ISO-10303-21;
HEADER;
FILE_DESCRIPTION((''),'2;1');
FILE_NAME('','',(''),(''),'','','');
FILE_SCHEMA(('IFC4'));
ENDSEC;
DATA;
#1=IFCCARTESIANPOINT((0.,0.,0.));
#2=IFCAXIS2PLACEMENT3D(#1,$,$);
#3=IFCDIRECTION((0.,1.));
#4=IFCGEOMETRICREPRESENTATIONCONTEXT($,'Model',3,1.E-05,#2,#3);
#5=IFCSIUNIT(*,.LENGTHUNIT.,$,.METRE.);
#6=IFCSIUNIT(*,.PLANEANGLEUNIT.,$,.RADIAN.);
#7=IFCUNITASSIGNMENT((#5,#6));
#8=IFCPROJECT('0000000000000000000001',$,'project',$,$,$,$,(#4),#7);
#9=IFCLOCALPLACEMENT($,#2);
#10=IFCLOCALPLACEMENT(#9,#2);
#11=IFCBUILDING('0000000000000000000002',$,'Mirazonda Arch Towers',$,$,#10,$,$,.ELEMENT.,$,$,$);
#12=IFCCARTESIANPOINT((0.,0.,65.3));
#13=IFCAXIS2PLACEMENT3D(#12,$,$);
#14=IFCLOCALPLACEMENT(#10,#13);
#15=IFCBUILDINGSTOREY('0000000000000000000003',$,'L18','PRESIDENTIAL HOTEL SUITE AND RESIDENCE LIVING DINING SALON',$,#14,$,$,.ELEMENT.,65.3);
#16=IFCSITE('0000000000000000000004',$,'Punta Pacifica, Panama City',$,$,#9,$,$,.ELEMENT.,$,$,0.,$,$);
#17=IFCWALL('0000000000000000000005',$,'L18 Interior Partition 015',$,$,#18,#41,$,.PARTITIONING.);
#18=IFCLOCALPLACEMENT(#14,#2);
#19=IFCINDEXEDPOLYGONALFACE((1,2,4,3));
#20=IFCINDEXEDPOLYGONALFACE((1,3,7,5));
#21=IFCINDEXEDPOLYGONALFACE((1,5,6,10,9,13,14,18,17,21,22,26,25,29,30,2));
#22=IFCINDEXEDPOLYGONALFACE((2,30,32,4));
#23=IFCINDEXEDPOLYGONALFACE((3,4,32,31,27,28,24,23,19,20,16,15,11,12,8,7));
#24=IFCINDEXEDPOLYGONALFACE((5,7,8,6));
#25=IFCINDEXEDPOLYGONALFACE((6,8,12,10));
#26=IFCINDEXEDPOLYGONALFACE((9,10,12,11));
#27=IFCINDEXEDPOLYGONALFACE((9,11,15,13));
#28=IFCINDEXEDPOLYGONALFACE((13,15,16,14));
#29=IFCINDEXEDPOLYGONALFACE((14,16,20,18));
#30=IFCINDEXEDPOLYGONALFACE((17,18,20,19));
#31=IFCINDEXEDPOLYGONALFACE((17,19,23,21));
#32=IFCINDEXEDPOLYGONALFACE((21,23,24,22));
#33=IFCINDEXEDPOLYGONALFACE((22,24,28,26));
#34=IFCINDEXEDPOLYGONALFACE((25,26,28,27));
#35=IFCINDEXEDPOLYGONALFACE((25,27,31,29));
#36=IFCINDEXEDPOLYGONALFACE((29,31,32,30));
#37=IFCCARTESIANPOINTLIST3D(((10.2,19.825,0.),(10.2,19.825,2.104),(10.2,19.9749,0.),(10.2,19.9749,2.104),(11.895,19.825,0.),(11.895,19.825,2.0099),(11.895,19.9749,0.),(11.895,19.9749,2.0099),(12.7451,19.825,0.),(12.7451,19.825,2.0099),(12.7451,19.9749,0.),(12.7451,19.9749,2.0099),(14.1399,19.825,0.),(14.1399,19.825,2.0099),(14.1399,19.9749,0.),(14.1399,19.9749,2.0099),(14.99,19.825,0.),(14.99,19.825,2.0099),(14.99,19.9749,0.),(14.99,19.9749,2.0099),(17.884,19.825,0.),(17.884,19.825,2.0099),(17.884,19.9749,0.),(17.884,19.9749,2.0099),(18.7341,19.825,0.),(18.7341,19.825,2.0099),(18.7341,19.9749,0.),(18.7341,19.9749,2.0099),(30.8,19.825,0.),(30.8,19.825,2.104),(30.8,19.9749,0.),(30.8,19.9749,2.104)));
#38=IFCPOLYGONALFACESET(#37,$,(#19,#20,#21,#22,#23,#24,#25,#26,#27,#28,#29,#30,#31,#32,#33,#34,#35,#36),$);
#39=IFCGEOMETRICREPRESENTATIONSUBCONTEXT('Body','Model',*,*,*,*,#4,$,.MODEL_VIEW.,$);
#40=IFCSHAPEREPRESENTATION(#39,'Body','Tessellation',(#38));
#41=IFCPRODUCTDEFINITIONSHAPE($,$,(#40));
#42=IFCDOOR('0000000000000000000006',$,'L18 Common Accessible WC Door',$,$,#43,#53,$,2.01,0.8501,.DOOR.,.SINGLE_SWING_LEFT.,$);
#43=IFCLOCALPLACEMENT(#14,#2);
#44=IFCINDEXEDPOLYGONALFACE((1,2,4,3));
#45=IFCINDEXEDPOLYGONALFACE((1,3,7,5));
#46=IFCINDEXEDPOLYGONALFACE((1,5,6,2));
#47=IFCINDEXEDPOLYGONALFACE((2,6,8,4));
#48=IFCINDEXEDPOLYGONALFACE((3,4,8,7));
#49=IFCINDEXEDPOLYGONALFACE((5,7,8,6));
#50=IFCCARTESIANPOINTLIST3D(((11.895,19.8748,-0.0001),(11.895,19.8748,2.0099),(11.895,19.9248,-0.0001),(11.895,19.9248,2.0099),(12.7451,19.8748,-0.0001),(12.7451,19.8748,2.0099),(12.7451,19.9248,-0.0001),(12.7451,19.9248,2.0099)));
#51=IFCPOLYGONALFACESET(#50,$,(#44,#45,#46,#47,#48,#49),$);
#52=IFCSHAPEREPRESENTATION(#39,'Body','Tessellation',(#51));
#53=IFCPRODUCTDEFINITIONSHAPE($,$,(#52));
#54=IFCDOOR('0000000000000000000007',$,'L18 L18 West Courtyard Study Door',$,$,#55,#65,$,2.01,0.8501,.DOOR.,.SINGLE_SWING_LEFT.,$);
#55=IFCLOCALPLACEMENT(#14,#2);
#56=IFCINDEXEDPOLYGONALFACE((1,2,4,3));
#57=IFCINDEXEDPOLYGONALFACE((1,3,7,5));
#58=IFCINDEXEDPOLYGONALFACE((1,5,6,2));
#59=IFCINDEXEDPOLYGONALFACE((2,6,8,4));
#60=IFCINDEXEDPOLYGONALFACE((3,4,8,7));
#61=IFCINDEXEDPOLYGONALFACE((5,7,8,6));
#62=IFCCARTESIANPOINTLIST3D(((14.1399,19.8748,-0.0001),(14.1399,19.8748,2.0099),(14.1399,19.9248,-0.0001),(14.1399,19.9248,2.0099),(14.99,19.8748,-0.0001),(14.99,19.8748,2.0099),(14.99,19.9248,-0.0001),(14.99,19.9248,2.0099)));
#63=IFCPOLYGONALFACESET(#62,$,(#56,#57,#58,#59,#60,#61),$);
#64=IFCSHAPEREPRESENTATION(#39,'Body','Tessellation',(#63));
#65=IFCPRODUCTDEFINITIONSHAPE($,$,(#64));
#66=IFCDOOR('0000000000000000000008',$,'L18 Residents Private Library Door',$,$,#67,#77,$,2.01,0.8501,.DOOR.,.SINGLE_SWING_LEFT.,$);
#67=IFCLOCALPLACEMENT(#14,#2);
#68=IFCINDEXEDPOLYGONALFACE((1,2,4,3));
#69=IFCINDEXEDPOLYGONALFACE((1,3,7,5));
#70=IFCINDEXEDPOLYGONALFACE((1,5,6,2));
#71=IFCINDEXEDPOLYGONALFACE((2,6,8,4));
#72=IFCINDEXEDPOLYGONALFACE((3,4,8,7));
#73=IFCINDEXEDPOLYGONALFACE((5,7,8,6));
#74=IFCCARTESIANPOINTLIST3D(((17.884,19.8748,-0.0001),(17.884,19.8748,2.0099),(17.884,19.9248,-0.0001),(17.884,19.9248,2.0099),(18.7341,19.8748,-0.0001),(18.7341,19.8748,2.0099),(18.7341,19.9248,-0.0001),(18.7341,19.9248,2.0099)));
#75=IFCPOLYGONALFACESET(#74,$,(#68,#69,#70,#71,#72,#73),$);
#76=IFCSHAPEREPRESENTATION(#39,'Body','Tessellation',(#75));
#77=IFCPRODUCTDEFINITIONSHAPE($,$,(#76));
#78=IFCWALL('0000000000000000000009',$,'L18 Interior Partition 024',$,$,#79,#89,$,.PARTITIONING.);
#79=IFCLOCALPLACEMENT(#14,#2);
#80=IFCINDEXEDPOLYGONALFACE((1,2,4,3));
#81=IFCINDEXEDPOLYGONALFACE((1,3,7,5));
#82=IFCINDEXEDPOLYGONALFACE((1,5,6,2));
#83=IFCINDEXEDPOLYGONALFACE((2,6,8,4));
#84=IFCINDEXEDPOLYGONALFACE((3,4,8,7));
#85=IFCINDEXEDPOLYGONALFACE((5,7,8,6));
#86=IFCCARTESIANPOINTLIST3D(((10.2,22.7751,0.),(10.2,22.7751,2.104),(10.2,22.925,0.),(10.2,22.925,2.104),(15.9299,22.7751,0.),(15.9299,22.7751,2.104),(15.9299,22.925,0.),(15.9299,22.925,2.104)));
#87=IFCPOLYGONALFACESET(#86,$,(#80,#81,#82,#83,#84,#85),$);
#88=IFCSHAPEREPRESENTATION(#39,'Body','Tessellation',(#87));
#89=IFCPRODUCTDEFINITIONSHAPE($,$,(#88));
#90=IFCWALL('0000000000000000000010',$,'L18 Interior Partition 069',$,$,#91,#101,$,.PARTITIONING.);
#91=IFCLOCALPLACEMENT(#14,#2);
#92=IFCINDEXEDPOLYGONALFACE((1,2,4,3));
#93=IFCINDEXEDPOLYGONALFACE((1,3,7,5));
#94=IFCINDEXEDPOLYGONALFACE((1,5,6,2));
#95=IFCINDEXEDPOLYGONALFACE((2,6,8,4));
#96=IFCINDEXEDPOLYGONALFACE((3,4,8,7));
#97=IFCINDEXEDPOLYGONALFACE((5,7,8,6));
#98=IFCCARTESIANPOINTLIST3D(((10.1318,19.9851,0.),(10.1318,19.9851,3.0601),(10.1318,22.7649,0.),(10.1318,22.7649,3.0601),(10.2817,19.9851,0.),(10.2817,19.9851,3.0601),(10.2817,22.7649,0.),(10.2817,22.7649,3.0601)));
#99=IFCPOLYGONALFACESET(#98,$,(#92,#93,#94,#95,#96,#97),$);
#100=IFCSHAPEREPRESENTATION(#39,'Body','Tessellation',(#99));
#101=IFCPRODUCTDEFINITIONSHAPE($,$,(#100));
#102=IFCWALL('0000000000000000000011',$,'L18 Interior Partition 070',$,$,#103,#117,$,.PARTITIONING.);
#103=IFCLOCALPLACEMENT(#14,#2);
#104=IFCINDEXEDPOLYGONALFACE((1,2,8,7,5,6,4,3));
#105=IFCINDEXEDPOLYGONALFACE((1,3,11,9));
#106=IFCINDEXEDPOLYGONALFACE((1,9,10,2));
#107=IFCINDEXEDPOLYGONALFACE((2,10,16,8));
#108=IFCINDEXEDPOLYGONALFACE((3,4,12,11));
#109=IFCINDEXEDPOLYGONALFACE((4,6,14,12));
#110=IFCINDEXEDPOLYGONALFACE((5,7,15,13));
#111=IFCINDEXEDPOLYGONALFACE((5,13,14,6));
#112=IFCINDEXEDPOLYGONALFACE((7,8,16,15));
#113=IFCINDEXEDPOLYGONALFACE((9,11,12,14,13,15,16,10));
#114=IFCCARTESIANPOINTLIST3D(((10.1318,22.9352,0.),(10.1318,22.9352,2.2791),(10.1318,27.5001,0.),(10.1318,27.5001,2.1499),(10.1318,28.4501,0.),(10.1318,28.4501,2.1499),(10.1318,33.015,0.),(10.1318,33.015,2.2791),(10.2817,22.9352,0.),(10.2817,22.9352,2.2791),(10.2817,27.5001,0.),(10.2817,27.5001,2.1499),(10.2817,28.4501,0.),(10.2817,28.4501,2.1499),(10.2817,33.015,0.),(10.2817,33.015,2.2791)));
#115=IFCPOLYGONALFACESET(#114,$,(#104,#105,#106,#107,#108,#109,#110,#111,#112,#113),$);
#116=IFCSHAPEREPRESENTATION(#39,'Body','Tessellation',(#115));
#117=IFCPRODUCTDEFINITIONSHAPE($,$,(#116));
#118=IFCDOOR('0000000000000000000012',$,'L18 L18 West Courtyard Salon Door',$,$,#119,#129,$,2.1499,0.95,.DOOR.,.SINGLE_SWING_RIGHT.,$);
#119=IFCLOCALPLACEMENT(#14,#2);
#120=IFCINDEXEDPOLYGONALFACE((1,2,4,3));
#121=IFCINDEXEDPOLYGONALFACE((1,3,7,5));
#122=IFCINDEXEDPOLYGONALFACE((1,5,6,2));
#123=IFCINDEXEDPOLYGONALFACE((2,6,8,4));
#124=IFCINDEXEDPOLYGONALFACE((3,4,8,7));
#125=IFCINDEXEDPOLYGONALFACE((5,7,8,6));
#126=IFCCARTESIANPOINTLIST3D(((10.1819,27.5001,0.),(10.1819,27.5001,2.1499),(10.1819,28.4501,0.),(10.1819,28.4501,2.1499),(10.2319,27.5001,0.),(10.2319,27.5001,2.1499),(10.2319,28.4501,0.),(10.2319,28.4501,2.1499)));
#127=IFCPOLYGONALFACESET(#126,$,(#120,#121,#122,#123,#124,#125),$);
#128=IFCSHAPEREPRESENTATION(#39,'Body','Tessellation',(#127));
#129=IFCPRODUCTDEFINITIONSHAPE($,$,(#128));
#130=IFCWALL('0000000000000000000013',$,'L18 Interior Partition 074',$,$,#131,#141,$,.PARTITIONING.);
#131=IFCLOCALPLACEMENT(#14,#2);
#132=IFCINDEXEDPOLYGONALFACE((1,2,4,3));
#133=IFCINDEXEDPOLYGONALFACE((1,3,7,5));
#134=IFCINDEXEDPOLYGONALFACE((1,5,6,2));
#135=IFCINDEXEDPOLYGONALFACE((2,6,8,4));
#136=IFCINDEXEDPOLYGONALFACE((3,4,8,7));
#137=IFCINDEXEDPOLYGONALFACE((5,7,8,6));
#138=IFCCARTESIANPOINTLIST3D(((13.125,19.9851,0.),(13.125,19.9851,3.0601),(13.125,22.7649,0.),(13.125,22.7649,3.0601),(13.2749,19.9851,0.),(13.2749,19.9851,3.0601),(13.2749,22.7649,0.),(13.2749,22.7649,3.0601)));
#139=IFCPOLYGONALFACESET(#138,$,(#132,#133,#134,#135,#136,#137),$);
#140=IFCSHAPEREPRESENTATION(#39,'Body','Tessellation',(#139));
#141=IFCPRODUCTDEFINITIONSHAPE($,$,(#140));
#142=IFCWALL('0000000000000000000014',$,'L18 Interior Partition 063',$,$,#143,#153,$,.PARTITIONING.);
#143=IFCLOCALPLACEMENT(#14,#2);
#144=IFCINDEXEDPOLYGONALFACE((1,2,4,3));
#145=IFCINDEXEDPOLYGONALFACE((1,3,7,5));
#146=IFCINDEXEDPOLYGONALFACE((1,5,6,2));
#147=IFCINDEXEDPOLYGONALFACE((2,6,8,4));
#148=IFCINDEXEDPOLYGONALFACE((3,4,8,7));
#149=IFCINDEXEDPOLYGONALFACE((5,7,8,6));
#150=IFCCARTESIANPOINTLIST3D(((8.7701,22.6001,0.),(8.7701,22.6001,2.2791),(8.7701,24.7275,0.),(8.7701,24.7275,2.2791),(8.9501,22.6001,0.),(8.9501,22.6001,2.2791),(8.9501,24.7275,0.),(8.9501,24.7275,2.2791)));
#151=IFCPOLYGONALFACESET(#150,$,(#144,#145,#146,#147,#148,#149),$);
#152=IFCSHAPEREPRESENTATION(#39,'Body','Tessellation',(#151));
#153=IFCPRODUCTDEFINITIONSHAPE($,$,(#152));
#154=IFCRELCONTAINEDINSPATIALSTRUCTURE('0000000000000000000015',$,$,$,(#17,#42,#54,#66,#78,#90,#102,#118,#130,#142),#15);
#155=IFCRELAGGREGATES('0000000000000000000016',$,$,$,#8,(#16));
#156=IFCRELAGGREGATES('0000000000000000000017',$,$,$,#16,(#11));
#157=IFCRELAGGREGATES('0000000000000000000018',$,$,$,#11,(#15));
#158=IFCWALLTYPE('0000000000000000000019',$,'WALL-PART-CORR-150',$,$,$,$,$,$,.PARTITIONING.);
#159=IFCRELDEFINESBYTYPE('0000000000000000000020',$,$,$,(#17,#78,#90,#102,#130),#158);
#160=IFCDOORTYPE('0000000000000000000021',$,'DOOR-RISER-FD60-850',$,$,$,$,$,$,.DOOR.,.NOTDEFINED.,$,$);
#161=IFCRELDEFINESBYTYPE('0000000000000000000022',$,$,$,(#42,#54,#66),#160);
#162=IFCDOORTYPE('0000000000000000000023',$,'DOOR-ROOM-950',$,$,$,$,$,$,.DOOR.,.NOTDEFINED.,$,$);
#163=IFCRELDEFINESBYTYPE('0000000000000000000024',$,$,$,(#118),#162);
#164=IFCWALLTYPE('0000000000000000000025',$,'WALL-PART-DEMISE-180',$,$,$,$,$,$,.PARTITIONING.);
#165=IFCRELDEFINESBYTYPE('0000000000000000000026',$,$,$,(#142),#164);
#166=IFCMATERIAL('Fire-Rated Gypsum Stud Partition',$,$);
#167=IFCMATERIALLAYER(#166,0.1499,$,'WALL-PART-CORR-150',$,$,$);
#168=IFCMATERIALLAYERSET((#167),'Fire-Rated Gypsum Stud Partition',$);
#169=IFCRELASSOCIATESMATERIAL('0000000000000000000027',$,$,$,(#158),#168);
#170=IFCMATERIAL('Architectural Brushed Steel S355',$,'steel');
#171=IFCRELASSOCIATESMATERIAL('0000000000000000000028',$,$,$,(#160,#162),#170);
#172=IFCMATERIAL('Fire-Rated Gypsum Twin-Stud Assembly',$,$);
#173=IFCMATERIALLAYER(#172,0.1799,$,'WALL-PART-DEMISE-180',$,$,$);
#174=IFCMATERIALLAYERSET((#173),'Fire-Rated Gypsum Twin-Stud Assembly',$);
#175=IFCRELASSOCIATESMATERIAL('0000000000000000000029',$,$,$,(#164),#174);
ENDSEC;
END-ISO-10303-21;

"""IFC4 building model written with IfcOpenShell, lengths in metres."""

from ifc_helpers import new_model, si_unit, direction, frame, frame_2d, origin, place, context, subcontext, project, spatial, rectangle, extrude, material, layer, layer_set, type_object, element, fill, save


model = new_model("IFC4")

# Units and contexts
model_context = context("Model", 3, precision=1e-05, world=origin(), true_north=direction((0.0, 1.0)))
body_context = subcontext(model_context, "Body", "Model", "MODEL_VIEW")
ifc_project = project(units=[si_unit("LENGTHUNIT", "METRE"), si_unit("PLANEANGLEUNIT", "RADIAN")], contexts=[model_context])

# Site, building, storey
site_placement = place(None, origin())
site = spatial("IfcSite", under=ifc_project, at=site_placement, Name="Punta Pacifica, Panama City", CompositionType="ELEMENT", RefElevation=0.0)
building_placement = place(site_placement, origin())
building = spatial("IfcBuilding", under=site, at=building_placement, Name="Mirazonda Arch Towers", CompositionType="ELEMENT")
storey_placement = place(building_placement, frame((0.0, 0.0, 65.3)))
storey = spatial("IfcBuildingStorey", under=building, at=storey_placement, Name="L18", Description="PRESIDENTIAL HOTEL SUITE AND RESIDENCE LIVING DINING SALON", CompositionType="ELEMENT", Elevation=65.3)

# Shared definitions
ifc_material_1 = material(Name="Architectural Brushed Steel S355", Category="steel")

# Shared definitions
ifc_material_2 = material(Name="Fire-Rated Gypsum Stud Partition")
ifc_layer_1 = layer(ifc_material_2, 0.1499, Name="WALL-PART-CORR-150")
ifc_layer_set_1 = layer_set([ifc_layer_1], Name="Fire-Rated Gypsum Stud Partition")
wall_type_1 = type_object("IfcWallType", Name="WALL-PART-CORR-150", PredefinedType="PARTITIONING", material=ifc_layer_set_1)

# Wall, openings, doors
wall_1_placement = place(storey_placement, frame((10.2, 19.8999, 0.0), z_axis=(0.0, 0.0, 1.0), x_axis=(1.0, 0.0, 0.0)))
wall_1 = element("IfcWall", 1, at=wall_1_placement, inside=storey, type_object=wall_type_1, Name="L18 Interior Partition 015", PredefinedType="PARTITIONING", context=body_context, shape_type="SweptSolid", body=[
    extrude(rectangle(XDim=20.6001, YDim=0.1499, at=frame_2d((10.3, 0.0))), origin(), (0.0, 0.0, 1.0), 2.104),
])
opening_1_placement = place(wall_1_placement, frame((1.6951, 0.0, 0.0)))
opening_1 = element("IfcOpeningElement", 2, at=opening_1_placement, cuts=wall_1, PredefinedType="OPENING", context=body_context, shape_type="SweptSolid", body=[
    extrude(rectangle(XDim=0.8501, YDim=2.01, at=frame_2d((0.425, 1.0049))), frame((0.0, 0.085, 0.0), z_axis=(0.0, -1.0, 0.0), x_axis=(1.0, 0.0, 0.0)), (0.0, 0.0, 1.0), 0.1699),
])
opening_2_placement = place(wall_1_placement, frame((3.9399, 0.0, 0.0)))
opening_2 = element("IfcOpeningElement", 3, at=opening_2_placement, cuts=wall_1, PredefinedType="OPENING", context=body_context, shape_type="SweptSolid", body=[
    extrude(rectangle(XDim=0.8501, YDim=2.01, at=frame_2d((0.425, 1.0049))), frame((0.0, 0.085, 0.0), z_axis=(0.0, -1.0, 0.0), x_axis=(1.0, 0.0, 0.0)), (0.0, 0.0, 1.0), 0.1699),
])
opening_3_placement = place(wall_1_placement, frame((7.6841, 0.0, 0.0)))
opening_3 = element("IfcOpeningElement", 4, at=opening_3_placement, cuts=wall_1, PredefinedType="OPENING", context=body_context, shape_type="SweptSolid", body=[
    extrude(rectangle(XDim=0.8501, YDim=2.01, at=frame_2d((0.425, 1.0049))), frame((0.0, 0.085, 0.0), z_axis=(0.0, -1.0, 0.0), x_axis=(1.0, 0.0, 0.0)), (0.0, 0.0, 1.0), 0.1699),
])
door_type_1 = type_object("IfcDoorType", Name="DOOR-RISER-FD60-850", OperationType="NOTDEFINED", PredefinedType="DOOR", material=ifc_material_1)
door_1_placement = place(opening_1_placement, origin())
door_1 = element("IfcDoor", 5, at=door_1_placement, inside=storey, type_object=door_type_1, Name="L18 Common Accessible WC Door", OperationType="SINGLE_SWING_LEFT", OverallHeight=2.01, OverallWidth=0.8501, PredefinedType="DOOR", context=body_context, shape_type="SweptSolid", body=[
    extrude(rectangle(XDim=0.8501, YDim=2.01, at=frame_2d((0.425, 1.0049))), frame((0.0, 0.0249, 0.0), z_axis=(0.0, -1.0, 0.0), x_axis=(1.0, 0.0, 0.0)), (0.0, 0.0, 1.0), 0.05),
])
fill(opening_1, door_1)
door_2_placement = place(opening_2_placement, origin())
door_2 = element("IfcDoor", 6, at=door_2_placement, inside=storey, type_object=door_type_1, Name="L18 L18 West Courtyard Study Door", OperationType="SINGLE_SWING_LEFT", OverallHeight=2.01, OverallWidth=0.8501, PredefinedType="DOOR", context=body_context, shape_type="SweptSolid", body=[
    extrude(rectangle(XDim=0.8501, YDim=2.01, at=frame_2d((0.425, 1.0049))), frame((0.0, 0.0249, 0.0), z_axis=(0.0, -1.0, 0.0), x_axis=(1.0, 0.0, 0.0)), (0.0, 0.0, 1.0), 0.05),
])
fill(opening_2, door_2)
door_3_placement = place(opening_3_placement, origin())
door_3 = element("IfcDoor", 7, at=door_3_placement, inside=storey, type_object=door_type_1, Name="L18 Residents Private Library Door", OperationType="SINGLE_SWING_LEFT", OverallHeight=2.01, OverallWidth=0.8501, PredefinedType="DOOR", context=body_context, shape_type="SweptSolid", body=[
    extrude(rectangle(XDim=0.8501, YDim=2.01, at=frame_2d((0.425, 1.0049))), frame((0.0, 0.0249, 0.0), z_axis=(0.0, -1.0, 0.0), x_axis=(1.0, 0.0, 0.0)), (0.0, 0.0, 1.0), 0.05),
])
fill(opening_3, door_3)

# Walls
wall_2_placement = place(storey_placement, frame((10.2, 22.8501, 0.0), z_axis=(0.0, 0.0, 1.0), x_axis=(1.0, 0.0, 0.0)))
element("IfcWall", 8, at=wall_2_placement, inside=storey, type_object=wall_type_1, Name="L18 Interior Partition 024", PredefinedType="PARTITIONING", context=body_context, shape_type="SweptSolid", body=[
    extrude(rectangle(XDim=5.73, YDim=0.1499, at=frame_2d((2.865, 0.0))), origin(), (0.0, 0.0, 1.0), 2.104),
])
wall_3_placement = place(storey_placement, frame((10.2068, 19.9851, 0.0), z_axis=(0.0, 0.0, 1.0), x_axis=(0.0, 1.0, 0.0)))
element("IfcWall", 9, at=wall_3_placement, inside=storey, type_object=wall_type_1, Name="L18 Interior Partition 069", PredefinedType="PARTITIONING", context=body_context, shape_type="SweptSolid", body=[
    extrude(rectangle(XDim=2.7798, YDim=0.1499, at=frame_2d((1.3899, 0.0))), origin(), (0.0, 0.0, 1.0), 3.0601),
])

# Wall, opening, door
wall_4_placement = place(storey_placement, frame((10.2068, 22.9351, 0.0), z_axis=(0.0, 0.0, 1.0), x_axis=(0.0, 1.0, 0.0)))
wall_4 = element("IfcWall", 10, at=wall_4_placement, inside=storey, type_object=wall_type_1, Name="L18 Interior Partition 070", PredefinedType="PARTITIONING", context=body_context, shape_type="SweptSolid", body=[
    extrude(rectangle(XDim=10.0798, YDim=0.1499, at=frame_2d((5.04, 0.0))), origin(), (0.0, 0.0, 1.0), 2.2791),
])
opening_4_placement = place(wall_4_placement, frame((4.5649, 0.0, 0.0)))
opening_4 = element("IfcOpeningElement", 11, at=opening_4_placement, cuts=wall_4, PredefinedType="OPENING", context=body_context, shape_type="SweptSolid", body=[
    extrude(rectangle(XDim=0.95, YDim=2.1499, at=frame_2d((0.4751, 1.075))), frame((0.0, 0.085, 0.0), z_axis=(0.0, -1.0, 0.0), x_axis=(1.0, 0.0, 0.0)), (0.0, 0.0, 1.0), 0.1699),
])
door_type_2 = type_object("IfcDoorType", Name="DOOR-ROOM-950", OperationType="NOTDEFINED", PredefinedType="DOOR", material=ifc_material_1)
door_4_placement = place(opening_4_placement, origin())
door_4 = element("IfcDoor", 12, at=door_4_placement, inside=storey, type_object=door_type_2, Name="L18 L18 West Courtyard Salon Door", OperationType="SINGLE_SWING_RIGHT", OverallHeight=2.1499, OverallWidth=0.95, PredefinedType="DOOR", context=body_context, shape_type="SweptSolid", body=[
    extrude(rectangle(XDim=0.95, YDim=2.1499, at=frame_2d((0.4751, 1.075))), frame((0.0, 0.0249, 0.0), z_axis=(0.0, -1.0, 0.0), x_axis=(1.0, 0.0, 0.0)), (0.0, 0.0, 1.0), 0.05),
])
fill(opening_4, door_4)

# Walls
wall_5_placement = place(storey_placement, frame((13.2, 19.9851, 0.0), z_axis=(0.0, 0.0, 1.0), x_axis=(0.0, 1.0, 0.0)))
element("IfcWall", 13, at=wall_5_placement, inside=storey, type_object=wall_type_1, Name="L18 Interior Partition 074", PredefinedType="PARTITIONING", context=body_context, shape_type="SweptSolid", body=[
    extrude(rectangle(XDim=2.7798, YDim=0.1499, at=frame_2d((1.3899, 0.0))), origin(), (0.0, 0.0, 1.0), 3.0601),
])
ifc_material_3 = material(Name="Fire-Rated Gypsum Twin-Stud Assembly")
ifc_layer_2 = layer(ifc_material_3, 0.1799, Name="WALL-PART-DEMISE-180")
ifc_layer_set_2 = layer_set([ifc_layer_2], Name="Fire-Rated Gypsum Twin-Stud Assembly")
wall_type_2 = type_object("IfcWallType", Name="WALL-PART-DEMISE-180", PredefinedType="PARTITIONING", material=ifc_layer_set_2)
wall_6_placement = place(storey_placement, frame((8.8601, 22.6001, 0.0), z_axis=(0.0, 0.0, 1.0), x_axis=(0.0, 1.0, 0.0)))
element("IfcWall", 14, at=wall_6_placement, inside=storey, type_object=wall_type_2, Name="L18 Interior Partition 063", PredefinedType="PARTITIONING", context=body_context, shape_type="SweptSolid", body=[
    extrude(rectangle(XDim=2.1274, YDim=0.1799, at=frame_2d((1.0637, 0.0))), origin(), (0.0, 0.0, 1.0), 2.2791),
])

save(model, "model.ifc")
